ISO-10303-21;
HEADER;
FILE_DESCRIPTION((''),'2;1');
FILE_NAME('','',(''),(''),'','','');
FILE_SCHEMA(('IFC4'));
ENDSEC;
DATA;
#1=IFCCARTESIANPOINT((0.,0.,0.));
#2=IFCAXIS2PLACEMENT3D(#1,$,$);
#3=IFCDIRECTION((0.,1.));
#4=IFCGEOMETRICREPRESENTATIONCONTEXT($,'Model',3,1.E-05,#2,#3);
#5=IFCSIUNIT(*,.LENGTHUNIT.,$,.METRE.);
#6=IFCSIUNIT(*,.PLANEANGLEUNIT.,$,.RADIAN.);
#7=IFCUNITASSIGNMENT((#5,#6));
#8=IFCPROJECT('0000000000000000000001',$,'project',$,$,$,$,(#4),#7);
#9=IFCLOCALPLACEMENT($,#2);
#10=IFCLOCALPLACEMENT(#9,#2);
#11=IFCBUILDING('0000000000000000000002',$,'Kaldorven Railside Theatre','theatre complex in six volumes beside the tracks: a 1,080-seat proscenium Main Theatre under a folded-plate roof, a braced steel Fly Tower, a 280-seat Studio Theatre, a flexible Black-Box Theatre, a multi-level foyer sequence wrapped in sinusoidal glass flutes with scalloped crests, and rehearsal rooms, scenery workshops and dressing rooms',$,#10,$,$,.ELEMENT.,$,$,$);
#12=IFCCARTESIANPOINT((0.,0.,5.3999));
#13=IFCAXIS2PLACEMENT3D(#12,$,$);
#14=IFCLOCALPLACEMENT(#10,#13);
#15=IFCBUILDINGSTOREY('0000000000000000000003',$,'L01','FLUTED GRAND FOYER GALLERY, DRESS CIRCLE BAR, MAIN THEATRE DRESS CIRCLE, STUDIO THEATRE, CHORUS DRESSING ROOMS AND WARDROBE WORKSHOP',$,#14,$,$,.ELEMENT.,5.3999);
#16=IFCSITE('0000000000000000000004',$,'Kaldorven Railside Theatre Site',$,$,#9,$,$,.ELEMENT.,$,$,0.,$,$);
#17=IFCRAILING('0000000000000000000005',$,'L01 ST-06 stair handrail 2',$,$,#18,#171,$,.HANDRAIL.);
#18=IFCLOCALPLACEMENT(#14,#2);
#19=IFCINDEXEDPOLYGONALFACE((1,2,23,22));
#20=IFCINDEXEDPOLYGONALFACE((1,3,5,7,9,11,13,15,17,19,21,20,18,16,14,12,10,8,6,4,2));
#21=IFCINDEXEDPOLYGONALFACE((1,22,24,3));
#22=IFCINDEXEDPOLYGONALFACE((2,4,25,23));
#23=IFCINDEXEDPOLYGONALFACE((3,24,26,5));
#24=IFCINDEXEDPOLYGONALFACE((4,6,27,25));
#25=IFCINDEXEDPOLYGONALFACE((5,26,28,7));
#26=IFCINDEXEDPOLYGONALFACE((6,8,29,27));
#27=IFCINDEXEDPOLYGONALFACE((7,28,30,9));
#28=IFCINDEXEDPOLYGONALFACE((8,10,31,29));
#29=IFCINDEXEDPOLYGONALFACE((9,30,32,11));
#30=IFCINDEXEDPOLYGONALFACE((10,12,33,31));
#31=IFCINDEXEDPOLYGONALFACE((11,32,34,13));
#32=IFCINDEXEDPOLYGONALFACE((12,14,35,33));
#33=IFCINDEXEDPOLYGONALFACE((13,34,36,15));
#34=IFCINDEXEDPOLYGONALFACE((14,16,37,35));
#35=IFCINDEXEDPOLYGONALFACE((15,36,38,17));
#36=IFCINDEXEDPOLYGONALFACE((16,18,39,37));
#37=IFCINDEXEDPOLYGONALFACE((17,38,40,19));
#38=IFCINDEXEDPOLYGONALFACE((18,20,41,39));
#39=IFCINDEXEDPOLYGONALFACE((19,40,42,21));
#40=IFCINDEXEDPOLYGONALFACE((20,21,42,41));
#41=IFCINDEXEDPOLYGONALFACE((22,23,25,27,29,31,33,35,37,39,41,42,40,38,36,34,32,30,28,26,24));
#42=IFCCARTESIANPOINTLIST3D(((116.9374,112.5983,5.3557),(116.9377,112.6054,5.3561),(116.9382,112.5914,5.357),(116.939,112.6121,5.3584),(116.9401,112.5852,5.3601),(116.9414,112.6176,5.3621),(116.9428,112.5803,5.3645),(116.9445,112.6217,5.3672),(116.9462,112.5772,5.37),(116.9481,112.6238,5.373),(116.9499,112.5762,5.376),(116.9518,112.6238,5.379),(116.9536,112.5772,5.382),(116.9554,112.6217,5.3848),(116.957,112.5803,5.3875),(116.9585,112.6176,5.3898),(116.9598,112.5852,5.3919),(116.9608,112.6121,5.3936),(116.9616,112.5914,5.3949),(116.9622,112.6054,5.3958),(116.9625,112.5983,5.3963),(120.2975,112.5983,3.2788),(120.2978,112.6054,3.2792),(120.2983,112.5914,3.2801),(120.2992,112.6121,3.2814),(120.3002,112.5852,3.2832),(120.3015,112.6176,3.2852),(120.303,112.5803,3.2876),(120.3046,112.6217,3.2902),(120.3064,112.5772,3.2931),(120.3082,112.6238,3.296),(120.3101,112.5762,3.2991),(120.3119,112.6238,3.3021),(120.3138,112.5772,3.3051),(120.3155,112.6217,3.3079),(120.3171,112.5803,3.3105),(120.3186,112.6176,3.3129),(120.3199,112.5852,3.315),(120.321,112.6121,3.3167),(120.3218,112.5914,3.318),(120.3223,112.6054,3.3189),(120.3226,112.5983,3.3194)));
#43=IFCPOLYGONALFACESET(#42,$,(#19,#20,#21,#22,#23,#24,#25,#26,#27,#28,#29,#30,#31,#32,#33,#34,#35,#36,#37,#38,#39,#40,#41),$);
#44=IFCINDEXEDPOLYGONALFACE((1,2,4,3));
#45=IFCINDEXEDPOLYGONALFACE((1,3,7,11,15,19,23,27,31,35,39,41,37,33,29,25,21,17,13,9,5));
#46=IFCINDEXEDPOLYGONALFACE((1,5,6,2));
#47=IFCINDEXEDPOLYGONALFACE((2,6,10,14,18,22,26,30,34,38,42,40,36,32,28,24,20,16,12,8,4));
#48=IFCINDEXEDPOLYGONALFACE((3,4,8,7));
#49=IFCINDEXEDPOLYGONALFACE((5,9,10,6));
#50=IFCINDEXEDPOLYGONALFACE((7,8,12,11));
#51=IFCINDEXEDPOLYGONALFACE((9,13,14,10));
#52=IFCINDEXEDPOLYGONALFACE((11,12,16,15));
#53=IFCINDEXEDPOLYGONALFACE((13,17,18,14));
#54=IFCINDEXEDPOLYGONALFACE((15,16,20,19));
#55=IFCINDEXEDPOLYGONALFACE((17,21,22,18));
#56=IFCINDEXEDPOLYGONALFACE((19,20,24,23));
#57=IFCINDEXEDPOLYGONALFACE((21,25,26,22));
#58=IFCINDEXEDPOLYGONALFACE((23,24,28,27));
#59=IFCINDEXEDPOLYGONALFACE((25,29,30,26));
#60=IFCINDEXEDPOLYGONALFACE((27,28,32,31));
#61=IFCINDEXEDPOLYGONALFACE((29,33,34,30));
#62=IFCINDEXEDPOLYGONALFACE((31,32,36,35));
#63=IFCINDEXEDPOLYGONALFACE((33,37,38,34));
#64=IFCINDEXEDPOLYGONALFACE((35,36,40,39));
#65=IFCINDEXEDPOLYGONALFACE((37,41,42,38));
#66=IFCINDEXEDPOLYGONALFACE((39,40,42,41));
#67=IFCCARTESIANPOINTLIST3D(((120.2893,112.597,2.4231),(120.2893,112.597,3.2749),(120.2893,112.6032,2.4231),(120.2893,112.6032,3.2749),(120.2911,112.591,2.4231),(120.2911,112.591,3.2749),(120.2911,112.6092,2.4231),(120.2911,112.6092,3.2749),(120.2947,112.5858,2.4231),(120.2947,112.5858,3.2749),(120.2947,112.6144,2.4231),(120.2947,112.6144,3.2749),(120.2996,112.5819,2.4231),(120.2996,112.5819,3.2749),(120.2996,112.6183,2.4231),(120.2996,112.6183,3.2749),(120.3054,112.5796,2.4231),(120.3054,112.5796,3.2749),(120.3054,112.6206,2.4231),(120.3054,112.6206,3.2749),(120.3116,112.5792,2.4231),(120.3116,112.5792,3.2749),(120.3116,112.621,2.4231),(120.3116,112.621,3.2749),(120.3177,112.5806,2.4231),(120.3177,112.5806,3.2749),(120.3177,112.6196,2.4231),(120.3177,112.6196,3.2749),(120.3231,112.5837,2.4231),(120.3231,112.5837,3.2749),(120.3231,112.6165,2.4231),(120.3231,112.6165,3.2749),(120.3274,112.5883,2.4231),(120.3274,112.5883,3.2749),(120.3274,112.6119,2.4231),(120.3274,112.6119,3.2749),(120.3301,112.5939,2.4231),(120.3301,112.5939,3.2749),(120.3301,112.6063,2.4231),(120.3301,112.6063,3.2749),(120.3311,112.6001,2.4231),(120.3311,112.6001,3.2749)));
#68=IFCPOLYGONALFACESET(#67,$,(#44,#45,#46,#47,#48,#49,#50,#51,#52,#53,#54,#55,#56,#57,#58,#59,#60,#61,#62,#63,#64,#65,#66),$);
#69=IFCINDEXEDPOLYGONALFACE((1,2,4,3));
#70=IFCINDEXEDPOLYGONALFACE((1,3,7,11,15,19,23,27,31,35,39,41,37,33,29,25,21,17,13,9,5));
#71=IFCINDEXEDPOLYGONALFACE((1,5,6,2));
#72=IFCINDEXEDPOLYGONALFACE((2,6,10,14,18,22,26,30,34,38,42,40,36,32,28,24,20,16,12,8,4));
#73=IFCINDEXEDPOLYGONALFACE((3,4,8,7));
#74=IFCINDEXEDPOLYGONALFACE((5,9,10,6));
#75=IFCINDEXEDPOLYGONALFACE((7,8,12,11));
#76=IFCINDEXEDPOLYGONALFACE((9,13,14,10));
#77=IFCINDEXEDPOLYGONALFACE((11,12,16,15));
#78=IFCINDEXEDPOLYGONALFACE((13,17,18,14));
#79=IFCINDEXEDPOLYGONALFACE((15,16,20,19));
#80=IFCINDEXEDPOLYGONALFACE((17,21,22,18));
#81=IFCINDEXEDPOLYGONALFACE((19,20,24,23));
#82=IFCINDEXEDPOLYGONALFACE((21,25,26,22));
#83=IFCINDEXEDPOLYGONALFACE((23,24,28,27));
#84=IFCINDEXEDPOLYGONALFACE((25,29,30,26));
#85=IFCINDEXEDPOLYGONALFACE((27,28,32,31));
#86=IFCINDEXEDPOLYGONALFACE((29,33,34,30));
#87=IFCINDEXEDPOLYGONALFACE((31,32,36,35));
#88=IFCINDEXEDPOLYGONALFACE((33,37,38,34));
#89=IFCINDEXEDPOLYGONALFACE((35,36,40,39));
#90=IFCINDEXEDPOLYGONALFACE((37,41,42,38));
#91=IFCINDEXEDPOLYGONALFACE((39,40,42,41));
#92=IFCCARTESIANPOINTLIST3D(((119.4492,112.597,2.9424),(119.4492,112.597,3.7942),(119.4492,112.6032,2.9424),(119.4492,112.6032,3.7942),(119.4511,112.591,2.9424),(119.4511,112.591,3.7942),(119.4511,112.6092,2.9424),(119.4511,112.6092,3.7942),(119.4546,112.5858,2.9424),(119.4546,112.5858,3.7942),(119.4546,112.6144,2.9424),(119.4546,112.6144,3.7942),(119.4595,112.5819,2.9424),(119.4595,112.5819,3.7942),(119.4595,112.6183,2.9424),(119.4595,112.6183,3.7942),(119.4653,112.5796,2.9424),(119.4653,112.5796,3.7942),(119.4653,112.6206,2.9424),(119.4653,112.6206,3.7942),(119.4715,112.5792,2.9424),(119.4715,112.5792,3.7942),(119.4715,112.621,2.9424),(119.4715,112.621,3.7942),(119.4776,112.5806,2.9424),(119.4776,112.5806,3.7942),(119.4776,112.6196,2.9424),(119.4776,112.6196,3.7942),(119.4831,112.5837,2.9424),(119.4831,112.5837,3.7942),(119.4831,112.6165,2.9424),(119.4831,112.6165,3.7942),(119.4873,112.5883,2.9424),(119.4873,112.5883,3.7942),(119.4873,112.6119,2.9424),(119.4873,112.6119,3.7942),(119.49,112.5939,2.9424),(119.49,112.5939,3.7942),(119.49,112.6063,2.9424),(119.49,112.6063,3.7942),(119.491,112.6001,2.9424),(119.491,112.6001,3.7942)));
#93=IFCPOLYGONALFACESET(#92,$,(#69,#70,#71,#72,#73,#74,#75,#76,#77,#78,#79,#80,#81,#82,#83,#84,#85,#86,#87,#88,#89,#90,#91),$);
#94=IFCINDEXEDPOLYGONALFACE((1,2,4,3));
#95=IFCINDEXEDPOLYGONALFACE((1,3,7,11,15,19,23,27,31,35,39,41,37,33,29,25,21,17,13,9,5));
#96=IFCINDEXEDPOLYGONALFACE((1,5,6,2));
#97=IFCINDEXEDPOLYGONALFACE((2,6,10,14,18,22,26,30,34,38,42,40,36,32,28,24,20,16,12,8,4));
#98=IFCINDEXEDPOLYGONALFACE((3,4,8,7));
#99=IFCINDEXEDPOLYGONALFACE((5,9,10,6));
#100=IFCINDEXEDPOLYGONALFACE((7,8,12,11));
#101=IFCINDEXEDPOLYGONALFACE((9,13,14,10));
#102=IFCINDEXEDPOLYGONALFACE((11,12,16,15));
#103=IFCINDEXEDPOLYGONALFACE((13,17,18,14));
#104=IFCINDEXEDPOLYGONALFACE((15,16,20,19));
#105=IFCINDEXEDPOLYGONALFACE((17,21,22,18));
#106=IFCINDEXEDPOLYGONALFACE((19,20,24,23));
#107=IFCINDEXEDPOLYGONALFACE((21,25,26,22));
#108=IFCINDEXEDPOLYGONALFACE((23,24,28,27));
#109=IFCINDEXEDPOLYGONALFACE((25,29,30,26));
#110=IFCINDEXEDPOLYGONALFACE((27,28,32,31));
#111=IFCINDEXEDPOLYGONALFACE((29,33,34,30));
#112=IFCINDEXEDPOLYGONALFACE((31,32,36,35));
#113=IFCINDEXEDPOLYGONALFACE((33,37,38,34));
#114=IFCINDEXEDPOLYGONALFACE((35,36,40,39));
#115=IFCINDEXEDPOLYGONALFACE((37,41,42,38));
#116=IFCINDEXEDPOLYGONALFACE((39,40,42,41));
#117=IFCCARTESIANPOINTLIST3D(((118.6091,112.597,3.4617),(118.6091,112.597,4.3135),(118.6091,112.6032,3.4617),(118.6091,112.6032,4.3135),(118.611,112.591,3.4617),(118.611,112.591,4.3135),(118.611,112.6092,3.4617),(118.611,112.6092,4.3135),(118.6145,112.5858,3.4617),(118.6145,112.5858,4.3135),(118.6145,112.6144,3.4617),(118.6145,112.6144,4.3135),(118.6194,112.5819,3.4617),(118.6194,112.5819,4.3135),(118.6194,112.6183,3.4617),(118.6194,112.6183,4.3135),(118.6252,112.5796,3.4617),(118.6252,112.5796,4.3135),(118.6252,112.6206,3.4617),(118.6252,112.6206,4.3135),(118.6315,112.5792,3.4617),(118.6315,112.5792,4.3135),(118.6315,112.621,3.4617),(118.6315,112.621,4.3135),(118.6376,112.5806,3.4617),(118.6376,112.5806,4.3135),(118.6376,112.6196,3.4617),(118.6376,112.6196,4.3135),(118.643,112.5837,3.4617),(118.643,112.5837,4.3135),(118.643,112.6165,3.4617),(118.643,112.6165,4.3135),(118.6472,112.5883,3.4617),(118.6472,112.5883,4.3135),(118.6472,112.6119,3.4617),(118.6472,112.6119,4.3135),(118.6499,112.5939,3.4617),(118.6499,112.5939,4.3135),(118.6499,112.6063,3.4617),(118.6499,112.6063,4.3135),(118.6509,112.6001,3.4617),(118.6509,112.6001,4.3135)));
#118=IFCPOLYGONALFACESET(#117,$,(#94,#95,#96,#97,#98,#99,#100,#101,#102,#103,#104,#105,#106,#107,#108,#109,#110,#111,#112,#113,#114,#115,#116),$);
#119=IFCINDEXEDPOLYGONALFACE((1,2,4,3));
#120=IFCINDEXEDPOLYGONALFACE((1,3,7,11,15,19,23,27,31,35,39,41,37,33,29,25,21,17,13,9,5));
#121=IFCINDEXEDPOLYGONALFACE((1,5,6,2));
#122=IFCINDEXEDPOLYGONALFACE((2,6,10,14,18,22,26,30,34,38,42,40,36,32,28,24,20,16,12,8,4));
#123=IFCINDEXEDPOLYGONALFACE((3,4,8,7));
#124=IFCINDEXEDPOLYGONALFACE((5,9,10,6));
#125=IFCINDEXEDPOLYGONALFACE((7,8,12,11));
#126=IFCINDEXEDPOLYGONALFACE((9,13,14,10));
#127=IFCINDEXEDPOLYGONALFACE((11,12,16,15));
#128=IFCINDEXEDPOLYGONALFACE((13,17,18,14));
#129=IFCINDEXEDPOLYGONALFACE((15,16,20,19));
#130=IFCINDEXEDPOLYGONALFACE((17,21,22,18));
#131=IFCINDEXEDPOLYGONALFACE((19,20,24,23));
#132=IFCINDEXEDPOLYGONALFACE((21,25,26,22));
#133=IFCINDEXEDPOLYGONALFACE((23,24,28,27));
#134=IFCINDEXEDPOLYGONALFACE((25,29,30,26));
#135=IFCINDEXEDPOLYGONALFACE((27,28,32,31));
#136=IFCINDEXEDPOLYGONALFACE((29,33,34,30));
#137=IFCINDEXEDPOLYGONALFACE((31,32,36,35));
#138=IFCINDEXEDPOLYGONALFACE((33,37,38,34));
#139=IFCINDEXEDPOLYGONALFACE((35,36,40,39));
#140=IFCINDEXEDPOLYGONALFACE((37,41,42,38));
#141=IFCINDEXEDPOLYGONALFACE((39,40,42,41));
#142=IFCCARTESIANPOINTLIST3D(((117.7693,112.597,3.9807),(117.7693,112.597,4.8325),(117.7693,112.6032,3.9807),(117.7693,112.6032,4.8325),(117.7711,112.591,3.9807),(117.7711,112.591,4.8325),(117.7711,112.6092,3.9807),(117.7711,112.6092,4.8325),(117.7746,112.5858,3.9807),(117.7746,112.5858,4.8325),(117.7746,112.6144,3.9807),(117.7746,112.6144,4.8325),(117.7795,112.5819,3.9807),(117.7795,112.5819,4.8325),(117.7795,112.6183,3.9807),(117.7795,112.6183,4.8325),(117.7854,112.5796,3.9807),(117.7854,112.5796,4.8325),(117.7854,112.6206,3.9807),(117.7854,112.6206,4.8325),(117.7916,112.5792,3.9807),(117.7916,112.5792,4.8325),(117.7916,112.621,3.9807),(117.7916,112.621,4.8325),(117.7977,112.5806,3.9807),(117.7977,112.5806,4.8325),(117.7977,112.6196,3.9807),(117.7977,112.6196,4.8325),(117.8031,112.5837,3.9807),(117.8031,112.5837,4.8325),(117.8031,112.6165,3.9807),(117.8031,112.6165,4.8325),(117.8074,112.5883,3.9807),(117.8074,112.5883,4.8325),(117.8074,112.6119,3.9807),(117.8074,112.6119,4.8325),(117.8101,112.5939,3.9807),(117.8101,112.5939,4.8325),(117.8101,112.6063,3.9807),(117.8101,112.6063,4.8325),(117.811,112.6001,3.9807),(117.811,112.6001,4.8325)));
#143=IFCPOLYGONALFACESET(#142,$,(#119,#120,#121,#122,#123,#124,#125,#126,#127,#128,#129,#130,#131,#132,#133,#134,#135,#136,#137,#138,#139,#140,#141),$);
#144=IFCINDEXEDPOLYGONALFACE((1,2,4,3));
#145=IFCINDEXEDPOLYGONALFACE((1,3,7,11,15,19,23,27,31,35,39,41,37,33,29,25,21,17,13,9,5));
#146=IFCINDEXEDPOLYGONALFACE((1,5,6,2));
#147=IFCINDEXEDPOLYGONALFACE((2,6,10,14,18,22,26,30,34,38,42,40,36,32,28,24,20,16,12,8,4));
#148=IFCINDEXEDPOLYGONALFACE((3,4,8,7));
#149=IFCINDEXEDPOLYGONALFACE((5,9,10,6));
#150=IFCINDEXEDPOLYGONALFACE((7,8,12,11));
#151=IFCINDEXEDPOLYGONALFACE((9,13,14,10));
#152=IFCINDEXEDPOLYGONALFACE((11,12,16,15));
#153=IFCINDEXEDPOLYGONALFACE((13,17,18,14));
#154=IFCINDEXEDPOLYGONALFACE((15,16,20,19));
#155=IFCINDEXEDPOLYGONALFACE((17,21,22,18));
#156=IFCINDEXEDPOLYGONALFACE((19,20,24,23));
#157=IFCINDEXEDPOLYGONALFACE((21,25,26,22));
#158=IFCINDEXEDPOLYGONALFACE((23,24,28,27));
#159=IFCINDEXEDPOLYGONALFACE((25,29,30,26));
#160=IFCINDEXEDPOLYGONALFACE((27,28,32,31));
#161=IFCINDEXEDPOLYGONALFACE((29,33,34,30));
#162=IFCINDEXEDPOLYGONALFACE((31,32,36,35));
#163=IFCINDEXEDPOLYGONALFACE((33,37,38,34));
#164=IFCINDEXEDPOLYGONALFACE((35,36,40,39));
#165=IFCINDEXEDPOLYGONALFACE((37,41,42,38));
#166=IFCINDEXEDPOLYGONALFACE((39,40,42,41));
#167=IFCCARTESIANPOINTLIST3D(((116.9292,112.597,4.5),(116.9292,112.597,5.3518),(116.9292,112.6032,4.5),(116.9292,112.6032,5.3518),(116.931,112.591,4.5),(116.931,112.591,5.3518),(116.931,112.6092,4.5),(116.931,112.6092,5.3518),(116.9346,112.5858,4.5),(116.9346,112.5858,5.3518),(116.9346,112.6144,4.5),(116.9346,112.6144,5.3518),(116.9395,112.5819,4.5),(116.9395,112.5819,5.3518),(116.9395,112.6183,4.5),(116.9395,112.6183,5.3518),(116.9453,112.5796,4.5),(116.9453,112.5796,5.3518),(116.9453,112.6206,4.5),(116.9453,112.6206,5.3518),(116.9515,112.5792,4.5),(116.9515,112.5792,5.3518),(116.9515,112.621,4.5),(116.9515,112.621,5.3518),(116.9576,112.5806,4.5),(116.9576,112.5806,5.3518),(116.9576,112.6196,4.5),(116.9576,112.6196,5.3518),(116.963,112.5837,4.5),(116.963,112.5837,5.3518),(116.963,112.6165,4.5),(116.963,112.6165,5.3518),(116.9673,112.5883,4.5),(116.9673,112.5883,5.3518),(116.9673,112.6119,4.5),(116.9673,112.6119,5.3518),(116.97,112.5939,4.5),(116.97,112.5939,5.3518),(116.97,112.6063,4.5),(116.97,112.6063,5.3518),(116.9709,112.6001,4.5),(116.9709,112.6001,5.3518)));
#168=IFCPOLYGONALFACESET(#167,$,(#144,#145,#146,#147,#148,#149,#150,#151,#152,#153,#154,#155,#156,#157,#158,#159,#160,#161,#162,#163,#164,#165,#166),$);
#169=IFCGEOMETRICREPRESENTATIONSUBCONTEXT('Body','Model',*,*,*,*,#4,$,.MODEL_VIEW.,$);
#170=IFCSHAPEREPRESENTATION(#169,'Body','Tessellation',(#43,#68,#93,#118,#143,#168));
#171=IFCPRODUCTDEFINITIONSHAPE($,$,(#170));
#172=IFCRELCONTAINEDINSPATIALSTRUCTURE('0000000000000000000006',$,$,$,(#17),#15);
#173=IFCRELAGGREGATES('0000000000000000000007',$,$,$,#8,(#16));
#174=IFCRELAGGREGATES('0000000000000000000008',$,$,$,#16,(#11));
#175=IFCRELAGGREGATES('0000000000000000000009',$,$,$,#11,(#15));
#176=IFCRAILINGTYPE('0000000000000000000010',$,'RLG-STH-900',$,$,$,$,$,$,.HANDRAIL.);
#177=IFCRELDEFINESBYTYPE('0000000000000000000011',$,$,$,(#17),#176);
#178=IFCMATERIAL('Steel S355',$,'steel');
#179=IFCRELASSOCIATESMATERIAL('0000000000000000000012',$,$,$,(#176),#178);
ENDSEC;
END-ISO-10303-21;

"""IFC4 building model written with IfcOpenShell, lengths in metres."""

from ifc_helpers import new_model, si_unit, direction, frame, origin, origin_2d, place, context, subcontext, project, spatial, circle, extrude, material, type_object, element, save


model = new_model("IFC4")

# Units and contexts
model_context = context("Model", 3, precision=1e-05, world=origin(), true_north=direction((0.0, 1.0)))
body_context = subcontext(model_context, "Body", "Model", "MODEL_VIEW")
ifc_project = project(units=[si_unit("LENGTHUNIT", "METRE"), si_unit("PLANEANGLEUNIT", "RADIAN")], contexts=[model_context])

# Site, building, storey
site_placement = place(None, origin())
site = spatial("IfcSite", under=ifc_project, at=site_placement, Name="Kaldorven Railside Theatre Site", CompositionType="ELEMENT", RefElevation=0.0)
building_placement = place(site_placement, origin())
building = spatial("IfcBuilding", under=site, at=building_placement, Name="Kaldorven Railside Theatre", Description="theatre complex in six volumes beside the tracks: a 1,080-seat proscenium Main Theatre under a folded-plate roof, a braced steel Fly Tower, a 280-seat Studio Theatre, a flexible Black-Box Theatre, a multi-level foyer sequence wrapped in sinusoidal glass flutes with scalloped crests, and rehearsal rooms, scenery workshops and dressing rooms", CompositionType="ELEMENT")
storey_placement = place(building_placement, frame((0.0, 0.0, 5.3999)))
storey = spatial("IfcBuildingStorey", under=building, at=storey_placement, Name="L01", Description="FLUTED GRAND FOYER GALLERY, DRESS CIRCLE BAR, MAIN THEATRE DRESS CIRCLE, STUDIO THEATRE, CHORUS DRESSING ROOMS AND WARDROBE WORKSHOP", CompositionType="ELEMENT", Elevation=5.3999)

# Shared definitions
ifc_material_1 = material(Name="Steel S355", Category="steel")

# Railing
railing_type_1 = type_object("IfcRailingType", Name="RLG-STH-900", PredefinedType="HANDRAIL", material=ifc_material_1)
railing_1_placement = place(storey_placement, frame((120.3101, 112.6001, 2.4231)))
element("IfcRailing", 1, at=railing_1_placement, inside=storey, type_object=railing_type_1, Name="L01 ST-06 stair handrail 2", PredefinedType="HANDRAIL", context=body_context, shape_type="SweptSolid", body=[
    extrude(circle(Radius=0.0239, at=origin_2d()), frame((0.0, 0.0, 0.876), z_axis=(-0.850623, 0.0, 0.525776), x_axis=(0.0, -1.0, 0.0)), (0.0, 0.0, 1.0), 3.9502),
    extrude(circle(Radius=0.021, at=origin_2d()), origin(), (0.0, 0.0, 1.0), 0.8518),
    extrude(circle(Radius=0.021, at=origin_2d()), frame((-0.8401, 0.0, 0.5193)), (0.0, 0.0, 1.0), 0.8518),
    extrude(circle(Radius=0.021, at=origin_2d()), frame((-1.6802, 0.0, 1.0386)), (0.0, 0.0, 1.0), 0.8518),
    extrude(circle(Radius=0.021, at=origin_2d()), frame((-2.52, 0.0, 1.5576)), (0.0, 0.0, 1.0), 0.8518),
    extrude(circle(Radius=0.021, at=origin_2d()), frame((-3.3601, 0.0, 2.0769)), (0.0, 0.0, 1.0), 0.8518),
])

save(model, "model.ifc")
